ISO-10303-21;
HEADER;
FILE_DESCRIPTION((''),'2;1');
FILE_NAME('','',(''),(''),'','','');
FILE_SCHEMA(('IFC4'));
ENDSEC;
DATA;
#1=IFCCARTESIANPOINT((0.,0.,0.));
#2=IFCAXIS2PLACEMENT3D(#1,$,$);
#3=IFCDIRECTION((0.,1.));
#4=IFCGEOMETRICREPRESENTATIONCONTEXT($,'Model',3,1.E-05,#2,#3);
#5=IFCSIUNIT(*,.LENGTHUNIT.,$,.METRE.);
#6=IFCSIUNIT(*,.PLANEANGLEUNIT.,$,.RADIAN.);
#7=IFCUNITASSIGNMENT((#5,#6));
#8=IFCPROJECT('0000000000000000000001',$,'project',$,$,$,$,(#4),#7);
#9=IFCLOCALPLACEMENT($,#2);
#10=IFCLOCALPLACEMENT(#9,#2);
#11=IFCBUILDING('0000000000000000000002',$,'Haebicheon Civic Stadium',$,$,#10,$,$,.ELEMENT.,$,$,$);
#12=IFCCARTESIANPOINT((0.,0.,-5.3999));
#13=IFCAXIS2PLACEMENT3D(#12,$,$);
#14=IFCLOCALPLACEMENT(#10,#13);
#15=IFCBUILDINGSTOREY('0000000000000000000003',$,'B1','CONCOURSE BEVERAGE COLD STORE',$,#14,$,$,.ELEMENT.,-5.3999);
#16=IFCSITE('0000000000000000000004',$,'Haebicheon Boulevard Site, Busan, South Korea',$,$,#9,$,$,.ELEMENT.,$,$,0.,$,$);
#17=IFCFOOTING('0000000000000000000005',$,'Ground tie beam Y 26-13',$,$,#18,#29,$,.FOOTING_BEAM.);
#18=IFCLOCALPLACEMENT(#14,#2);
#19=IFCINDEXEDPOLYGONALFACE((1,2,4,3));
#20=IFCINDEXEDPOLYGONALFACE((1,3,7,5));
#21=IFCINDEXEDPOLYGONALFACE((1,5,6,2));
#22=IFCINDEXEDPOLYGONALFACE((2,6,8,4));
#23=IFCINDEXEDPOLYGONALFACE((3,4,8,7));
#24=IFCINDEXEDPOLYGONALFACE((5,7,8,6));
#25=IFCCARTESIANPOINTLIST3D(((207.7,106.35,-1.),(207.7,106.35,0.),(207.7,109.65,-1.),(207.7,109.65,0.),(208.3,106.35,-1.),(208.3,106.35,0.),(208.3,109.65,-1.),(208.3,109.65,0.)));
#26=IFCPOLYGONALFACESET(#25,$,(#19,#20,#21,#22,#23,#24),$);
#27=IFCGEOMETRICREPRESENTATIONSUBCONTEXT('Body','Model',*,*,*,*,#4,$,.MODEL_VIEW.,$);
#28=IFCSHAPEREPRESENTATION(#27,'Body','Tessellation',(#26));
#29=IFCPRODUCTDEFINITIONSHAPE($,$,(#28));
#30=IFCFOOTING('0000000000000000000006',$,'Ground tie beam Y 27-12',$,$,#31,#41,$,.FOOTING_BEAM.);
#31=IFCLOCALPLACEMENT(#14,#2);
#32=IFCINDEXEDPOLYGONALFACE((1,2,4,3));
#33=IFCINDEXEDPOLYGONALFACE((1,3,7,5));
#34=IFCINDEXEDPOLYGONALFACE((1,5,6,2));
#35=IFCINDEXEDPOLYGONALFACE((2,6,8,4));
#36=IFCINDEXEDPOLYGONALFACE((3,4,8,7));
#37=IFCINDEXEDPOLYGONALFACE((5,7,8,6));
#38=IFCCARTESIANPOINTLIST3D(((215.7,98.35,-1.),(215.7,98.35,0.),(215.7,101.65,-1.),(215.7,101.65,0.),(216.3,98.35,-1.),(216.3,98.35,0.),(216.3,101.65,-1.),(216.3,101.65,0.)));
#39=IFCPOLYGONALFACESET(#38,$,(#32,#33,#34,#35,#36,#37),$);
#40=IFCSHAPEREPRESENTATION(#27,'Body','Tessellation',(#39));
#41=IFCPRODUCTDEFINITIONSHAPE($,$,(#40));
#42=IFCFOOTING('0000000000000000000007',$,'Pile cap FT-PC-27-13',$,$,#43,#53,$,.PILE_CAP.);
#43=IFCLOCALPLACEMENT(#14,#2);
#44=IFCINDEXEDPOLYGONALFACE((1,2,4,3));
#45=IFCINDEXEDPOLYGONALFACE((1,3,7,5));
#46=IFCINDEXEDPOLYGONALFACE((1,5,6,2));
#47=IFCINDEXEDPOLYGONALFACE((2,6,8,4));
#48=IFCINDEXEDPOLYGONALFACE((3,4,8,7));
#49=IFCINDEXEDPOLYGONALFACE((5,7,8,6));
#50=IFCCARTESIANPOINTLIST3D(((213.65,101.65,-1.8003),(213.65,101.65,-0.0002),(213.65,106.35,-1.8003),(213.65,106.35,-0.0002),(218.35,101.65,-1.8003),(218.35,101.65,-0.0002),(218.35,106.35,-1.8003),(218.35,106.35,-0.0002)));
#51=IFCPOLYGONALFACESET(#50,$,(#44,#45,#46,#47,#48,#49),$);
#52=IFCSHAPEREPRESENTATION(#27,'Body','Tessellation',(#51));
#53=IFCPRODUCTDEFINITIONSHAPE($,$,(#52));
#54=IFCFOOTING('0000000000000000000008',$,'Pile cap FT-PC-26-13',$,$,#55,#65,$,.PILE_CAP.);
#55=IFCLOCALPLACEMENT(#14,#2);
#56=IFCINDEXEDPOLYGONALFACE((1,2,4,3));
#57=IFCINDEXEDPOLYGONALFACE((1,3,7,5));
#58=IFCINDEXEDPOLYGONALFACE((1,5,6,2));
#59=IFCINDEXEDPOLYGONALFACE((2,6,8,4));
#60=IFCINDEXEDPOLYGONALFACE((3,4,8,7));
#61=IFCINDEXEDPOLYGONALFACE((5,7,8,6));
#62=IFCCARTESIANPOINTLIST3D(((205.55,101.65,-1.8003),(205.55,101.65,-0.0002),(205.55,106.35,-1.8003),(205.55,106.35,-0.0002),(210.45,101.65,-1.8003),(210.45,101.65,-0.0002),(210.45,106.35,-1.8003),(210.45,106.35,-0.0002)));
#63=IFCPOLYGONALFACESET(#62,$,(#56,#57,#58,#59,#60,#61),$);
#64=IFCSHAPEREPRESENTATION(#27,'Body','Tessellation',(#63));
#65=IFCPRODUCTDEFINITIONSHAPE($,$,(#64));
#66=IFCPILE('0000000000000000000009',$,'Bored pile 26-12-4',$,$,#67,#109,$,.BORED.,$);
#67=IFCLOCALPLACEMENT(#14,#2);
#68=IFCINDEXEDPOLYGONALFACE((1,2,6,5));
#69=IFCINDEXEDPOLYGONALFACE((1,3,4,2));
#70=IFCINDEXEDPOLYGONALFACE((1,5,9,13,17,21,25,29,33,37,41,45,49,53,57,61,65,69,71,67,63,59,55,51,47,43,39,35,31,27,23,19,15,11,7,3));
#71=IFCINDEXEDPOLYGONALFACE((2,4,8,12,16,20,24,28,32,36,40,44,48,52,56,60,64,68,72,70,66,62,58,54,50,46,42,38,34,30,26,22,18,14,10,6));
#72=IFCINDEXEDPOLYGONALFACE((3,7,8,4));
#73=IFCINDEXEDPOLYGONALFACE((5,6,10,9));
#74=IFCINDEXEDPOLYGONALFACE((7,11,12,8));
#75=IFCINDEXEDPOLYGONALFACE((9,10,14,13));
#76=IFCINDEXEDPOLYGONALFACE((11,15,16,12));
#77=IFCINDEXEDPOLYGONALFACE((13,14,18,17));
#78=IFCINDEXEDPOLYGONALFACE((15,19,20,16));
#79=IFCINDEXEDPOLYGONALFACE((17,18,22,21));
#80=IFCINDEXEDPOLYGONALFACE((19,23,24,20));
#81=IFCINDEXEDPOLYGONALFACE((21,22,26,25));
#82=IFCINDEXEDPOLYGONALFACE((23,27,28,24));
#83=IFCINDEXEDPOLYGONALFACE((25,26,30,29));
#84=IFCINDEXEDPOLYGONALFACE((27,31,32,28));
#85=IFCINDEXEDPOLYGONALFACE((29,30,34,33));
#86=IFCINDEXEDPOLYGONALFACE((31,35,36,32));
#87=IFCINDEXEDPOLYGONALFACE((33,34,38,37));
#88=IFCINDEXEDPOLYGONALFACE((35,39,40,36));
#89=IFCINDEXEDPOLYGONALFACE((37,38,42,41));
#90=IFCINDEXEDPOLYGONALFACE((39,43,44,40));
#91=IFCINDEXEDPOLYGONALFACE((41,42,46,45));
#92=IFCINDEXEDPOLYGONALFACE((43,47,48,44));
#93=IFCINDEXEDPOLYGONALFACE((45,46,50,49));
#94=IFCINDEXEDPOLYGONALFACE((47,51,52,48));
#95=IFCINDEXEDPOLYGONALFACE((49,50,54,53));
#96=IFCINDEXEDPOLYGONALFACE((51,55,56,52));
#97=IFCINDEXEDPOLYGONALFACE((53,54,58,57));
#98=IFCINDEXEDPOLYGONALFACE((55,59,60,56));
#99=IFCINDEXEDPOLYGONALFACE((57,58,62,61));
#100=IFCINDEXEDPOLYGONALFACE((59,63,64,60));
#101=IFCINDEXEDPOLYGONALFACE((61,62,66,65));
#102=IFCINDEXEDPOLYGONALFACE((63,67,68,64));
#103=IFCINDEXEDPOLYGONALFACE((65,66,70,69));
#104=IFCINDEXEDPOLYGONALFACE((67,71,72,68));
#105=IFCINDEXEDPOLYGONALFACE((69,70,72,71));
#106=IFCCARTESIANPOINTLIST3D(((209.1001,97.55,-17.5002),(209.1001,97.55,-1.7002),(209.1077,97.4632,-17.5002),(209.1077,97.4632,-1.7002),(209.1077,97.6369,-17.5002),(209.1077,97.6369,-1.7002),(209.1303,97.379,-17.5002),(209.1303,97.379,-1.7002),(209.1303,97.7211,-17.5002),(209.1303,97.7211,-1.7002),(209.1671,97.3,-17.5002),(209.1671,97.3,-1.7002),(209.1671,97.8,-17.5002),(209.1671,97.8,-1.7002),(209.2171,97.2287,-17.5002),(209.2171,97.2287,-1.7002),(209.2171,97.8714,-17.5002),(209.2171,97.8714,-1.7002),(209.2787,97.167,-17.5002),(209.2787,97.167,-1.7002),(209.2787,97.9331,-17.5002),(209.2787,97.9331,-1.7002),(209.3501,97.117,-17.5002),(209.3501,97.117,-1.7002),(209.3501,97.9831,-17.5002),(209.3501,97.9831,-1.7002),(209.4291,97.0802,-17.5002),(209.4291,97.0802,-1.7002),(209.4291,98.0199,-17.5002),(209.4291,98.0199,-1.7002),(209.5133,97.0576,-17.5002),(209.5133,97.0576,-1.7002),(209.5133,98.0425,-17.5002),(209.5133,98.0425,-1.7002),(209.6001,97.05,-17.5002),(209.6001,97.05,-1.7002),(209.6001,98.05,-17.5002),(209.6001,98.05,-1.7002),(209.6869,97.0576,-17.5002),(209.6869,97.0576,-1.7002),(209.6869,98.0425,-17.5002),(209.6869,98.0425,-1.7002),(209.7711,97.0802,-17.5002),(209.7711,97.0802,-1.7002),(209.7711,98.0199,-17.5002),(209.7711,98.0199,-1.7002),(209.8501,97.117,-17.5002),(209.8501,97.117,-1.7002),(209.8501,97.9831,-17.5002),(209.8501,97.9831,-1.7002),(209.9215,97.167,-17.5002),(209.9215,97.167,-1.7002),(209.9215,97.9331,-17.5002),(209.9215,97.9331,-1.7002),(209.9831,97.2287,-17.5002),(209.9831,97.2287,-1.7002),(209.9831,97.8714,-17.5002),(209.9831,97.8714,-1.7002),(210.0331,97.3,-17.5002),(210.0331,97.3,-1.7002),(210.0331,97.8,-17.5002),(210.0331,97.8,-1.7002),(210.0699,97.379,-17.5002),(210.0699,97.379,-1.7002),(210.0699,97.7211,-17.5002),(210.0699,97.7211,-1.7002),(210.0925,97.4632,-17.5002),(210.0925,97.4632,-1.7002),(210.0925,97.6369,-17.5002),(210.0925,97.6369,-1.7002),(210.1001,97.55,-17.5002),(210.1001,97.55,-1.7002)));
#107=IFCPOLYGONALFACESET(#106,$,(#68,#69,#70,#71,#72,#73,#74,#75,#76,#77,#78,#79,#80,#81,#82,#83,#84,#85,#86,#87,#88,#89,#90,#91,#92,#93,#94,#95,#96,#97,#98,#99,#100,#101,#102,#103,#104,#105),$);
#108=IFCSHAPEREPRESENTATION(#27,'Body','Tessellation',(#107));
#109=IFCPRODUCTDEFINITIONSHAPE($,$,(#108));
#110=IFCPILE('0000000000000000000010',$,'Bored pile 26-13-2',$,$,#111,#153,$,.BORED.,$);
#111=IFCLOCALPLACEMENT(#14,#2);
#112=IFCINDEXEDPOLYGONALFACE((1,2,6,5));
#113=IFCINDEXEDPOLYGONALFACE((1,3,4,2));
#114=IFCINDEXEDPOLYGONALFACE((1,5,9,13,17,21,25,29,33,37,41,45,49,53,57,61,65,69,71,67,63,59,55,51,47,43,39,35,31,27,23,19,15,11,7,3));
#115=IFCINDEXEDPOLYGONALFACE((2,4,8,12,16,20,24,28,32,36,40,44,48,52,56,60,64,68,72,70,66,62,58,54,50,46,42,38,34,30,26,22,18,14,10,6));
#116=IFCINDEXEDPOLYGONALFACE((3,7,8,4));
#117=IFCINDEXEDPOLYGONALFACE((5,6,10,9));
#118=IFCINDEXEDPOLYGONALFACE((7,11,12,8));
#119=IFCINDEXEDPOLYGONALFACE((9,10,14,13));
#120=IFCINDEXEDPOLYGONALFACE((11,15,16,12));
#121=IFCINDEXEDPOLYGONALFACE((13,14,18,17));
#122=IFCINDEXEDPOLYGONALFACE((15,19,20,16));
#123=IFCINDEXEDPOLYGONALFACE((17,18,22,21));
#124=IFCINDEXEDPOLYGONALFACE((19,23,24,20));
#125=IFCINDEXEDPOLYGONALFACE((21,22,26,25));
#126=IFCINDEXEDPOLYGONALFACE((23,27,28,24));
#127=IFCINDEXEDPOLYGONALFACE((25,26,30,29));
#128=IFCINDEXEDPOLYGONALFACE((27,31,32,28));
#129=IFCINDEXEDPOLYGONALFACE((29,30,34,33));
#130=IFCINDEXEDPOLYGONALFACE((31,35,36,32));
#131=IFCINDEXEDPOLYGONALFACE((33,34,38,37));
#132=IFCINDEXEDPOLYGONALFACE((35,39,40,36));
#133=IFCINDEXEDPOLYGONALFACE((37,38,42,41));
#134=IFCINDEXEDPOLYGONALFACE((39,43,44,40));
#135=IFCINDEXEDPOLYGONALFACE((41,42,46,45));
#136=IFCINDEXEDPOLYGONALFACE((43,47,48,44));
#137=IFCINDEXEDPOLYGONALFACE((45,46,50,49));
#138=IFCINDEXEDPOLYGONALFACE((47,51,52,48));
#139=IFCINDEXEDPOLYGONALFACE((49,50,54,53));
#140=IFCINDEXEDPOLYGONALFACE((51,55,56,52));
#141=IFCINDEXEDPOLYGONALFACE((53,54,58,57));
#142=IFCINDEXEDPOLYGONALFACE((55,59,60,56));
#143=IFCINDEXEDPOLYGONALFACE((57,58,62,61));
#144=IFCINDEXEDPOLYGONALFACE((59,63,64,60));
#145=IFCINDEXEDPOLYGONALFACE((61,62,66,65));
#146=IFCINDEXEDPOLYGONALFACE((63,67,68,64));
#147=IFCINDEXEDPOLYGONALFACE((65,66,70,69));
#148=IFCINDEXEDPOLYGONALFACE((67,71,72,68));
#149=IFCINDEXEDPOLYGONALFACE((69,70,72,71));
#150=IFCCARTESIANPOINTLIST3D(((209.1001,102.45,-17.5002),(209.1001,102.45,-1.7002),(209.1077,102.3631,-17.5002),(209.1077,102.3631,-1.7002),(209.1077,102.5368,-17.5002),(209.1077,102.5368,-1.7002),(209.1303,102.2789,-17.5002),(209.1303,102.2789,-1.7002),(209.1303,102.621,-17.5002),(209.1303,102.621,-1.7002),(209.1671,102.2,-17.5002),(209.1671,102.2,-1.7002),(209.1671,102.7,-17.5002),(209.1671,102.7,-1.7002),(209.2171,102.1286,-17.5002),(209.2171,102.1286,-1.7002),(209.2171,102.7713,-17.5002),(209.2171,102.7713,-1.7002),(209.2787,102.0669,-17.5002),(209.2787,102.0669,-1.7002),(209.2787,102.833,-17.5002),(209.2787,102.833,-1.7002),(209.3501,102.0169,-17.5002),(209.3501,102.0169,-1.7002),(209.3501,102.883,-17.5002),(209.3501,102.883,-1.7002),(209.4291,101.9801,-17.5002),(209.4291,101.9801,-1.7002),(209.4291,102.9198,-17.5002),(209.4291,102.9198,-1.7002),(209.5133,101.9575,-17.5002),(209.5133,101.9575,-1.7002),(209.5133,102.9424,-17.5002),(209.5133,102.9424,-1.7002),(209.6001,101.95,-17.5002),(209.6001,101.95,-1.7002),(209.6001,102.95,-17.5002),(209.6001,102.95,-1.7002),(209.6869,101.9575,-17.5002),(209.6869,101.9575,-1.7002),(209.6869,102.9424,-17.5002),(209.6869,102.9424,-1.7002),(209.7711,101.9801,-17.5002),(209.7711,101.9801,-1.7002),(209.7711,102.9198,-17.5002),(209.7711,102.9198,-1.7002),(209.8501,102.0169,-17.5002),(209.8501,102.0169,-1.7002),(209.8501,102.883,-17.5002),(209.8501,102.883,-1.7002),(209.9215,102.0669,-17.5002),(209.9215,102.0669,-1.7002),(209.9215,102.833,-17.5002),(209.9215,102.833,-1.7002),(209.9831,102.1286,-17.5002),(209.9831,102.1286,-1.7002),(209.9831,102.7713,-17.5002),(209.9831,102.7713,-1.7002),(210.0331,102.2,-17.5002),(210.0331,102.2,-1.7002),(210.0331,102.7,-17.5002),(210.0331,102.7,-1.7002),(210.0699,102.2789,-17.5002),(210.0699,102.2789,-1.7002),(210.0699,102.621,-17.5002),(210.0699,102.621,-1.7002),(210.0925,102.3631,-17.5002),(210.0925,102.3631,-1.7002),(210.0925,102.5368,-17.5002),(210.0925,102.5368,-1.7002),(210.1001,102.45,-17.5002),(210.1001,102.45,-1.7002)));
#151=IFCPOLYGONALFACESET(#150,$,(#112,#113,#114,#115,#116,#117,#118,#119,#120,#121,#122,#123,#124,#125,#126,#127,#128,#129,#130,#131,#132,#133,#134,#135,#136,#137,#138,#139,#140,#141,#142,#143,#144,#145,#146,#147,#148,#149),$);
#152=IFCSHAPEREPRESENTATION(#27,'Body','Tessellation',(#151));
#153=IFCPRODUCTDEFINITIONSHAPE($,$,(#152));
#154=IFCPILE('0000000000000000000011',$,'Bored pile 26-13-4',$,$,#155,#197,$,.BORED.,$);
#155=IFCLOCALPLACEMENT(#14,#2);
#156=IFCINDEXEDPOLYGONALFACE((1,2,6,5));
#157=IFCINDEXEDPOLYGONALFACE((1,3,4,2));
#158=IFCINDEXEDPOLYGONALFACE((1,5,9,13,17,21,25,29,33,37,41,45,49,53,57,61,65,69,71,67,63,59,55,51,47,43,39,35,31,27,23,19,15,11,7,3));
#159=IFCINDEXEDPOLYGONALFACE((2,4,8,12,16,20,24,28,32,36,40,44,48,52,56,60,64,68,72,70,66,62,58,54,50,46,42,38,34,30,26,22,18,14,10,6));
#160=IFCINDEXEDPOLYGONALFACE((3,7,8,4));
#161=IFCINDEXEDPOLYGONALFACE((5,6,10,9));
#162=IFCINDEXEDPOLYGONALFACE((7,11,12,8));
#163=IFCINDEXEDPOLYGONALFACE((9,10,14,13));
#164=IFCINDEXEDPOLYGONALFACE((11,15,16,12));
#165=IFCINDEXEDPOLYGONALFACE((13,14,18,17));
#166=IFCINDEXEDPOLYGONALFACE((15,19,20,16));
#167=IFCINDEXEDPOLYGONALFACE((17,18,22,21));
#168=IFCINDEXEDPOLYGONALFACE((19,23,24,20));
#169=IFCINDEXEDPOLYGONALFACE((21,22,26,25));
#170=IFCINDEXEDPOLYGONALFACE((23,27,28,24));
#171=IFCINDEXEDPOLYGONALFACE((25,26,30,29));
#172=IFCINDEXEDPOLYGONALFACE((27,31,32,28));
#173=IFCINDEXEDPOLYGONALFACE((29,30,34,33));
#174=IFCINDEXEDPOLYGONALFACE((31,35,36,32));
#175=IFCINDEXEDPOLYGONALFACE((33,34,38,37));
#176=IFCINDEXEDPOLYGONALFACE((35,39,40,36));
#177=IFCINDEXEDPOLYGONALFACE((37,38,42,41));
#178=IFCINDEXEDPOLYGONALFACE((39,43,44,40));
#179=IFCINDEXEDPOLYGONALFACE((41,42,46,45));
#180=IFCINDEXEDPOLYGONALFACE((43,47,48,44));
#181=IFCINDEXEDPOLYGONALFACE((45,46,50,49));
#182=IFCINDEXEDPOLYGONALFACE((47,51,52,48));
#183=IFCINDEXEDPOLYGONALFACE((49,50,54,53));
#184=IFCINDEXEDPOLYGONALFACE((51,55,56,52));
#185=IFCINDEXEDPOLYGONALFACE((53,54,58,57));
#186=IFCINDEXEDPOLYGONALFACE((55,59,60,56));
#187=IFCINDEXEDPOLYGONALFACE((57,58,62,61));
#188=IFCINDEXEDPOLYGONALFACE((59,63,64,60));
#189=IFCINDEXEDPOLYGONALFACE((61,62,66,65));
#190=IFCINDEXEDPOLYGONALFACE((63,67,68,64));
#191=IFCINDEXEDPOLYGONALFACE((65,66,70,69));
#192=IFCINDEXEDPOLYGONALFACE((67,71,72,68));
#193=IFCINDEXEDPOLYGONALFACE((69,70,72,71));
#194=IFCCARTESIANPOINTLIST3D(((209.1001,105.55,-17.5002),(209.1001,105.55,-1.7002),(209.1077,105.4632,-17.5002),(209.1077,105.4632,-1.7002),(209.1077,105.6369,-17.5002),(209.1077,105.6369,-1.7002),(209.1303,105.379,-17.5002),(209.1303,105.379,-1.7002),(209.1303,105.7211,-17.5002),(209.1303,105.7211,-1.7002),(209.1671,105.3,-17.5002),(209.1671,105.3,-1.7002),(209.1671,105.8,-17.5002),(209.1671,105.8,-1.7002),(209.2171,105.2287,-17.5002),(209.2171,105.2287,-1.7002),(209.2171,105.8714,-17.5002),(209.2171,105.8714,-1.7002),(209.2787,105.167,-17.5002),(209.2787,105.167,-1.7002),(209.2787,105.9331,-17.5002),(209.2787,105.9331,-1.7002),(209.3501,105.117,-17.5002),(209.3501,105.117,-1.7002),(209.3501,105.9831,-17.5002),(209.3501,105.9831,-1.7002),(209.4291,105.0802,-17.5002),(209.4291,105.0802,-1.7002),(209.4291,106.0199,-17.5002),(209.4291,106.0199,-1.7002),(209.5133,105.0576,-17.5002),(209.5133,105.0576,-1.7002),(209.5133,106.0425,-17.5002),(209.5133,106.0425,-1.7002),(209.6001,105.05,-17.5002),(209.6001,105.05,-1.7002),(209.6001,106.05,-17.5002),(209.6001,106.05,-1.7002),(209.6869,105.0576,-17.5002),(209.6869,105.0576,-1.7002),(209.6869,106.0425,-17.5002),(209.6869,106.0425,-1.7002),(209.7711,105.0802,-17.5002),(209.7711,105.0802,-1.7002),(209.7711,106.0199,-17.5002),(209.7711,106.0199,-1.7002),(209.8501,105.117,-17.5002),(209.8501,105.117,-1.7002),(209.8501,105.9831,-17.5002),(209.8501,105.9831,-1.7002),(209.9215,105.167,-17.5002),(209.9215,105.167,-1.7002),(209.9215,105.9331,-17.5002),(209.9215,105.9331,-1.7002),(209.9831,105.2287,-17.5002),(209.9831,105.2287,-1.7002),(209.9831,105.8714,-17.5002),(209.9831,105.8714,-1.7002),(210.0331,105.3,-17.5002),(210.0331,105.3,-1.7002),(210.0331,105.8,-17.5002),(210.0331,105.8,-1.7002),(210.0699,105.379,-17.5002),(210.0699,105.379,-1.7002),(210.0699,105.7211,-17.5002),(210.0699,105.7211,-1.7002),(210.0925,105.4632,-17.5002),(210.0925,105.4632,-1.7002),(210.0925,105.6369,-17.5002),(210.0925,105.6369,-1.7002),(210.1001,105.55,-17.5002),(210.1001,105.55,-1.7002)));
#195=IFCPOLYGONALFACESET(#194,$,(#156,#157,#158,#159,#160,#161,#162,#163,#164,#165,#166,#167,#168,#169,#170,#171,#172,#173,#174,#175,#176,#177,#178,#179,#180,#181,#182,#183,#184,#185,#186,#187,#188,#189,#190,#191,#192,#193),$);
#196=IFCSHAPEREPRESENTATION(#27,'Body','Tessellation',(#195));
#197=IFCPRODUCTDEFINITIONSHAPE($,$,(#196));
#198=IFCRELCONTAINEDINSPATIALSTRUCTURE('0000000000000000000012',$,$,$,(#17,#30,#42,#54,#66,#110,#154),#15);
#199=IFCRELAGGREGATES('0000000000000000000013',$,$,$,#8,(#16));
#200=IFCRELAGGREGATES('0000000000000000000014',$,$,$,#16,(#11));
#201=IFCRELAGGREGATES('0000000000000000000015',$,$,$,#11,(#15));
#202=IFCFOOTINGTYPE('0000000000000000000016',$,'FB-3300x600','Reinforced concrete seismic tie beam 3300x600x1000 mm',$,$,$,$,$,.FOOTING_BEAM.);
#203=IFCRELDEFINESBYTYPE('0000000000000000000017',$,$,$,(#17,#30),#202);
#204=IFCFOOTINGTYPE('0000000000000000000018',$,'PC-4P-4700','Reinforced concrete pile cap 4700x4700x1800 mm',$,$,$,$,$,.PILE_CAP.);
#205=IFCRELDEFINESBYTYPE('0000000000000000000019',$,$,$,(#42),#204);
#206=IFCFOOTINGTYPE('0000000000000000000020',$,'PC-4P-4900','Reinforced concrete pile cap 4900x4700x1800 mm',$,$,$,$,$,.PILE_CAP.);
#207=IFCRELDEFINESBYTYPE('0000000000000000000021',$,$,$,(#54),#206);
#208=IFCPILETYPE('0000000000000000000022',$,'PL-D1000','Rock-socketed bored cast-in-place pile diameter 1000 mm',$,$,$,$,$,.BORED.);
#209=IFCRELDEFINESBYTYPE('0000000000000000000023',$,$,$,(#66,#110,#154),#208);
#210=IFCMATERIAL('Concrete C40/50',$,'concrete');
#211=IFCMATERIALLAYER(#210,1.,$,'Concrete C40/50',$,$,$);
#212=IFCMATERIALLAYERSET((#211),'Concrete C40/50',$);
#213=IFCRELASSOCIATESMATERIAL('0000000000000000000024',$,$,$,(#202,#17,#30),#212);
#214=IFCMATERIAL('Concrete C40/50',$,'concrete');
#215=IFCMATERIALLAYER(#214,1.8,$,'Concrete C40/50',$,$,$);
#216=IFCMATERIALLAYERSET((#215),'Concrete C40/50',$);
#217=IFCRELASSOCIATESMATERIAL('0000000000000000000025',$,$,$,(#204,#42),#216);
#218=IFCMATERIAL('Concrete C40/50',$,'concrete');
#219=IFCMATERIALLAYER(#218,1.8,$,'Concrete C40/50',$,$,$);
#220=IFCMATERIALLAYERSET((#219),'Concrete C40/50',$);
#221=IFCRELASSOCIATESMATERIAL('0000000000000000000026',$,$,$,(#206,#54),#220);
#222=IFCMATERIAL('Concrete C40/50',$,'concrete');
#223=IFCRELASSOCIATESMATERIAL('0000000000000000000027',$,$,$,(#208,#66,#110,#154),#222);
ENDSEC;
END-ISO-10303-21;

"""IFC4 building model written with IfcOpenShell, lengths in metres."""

from ifc_helpers import new_model, si_unit, direction, frame, origin, origin_2d, place, context, subcontext, project, spatial, rectangle, circle, extrude, material, layer, layer_set, material_profile, profile_set, type_object, element, save


model = new_model("IFC4")

# Units and contexts
model_context = context("Model", 3, precision=1e-05, world=origin(), true_north=direction((0.0, 1.0)))
body_context = subcontext(model_context, "Body", "Model", "MODEL_VIEW")
ifc_project = project(units=[si_unit("LENGTHUNIT", "METRE"), si_unit("PLANEANGLEUNIT", "RADIAN")], contexts=[model_context])

# Site, building, storey
site_placement = place(None, origin())
site = spatial("IfcSite", under=ifc_project, at=site_placement, Name="Haebicheon Boulevard Site, Busan, South Korea", CompositionType="ELEMENT", RefElevation=0.0)
building_placement = place(site_placement, origin())
building = spatial("IfcBuilding", under=site, at=building_placement, Name="Haebicheon Civic Stadium", CompositionType="ELEMENT")
storey_placement = place(building_placement, frame((0.0, 0.0, -5.3999)))
storey = spatial("IfcBuildingStorey", under=building, at=storey_placement, Name="B1", Description="CONCOURSE BEVERAGE COLD STORE", CompositionType="ELEMENT", Elevation=-5.3999)

# Footings
ifc_material_1 = material(Name="Concrete C40/50", Category="concrete")
ifc_layer_1 = layer(ifc_material_1, 1.0, Name="Concrete C40/50")
ifc_layer_set_1 = layer_set([ifc_layer_1], Name="Concrete C40/50")
footing_type_1 = type_object("IfcFootingType", Name="FB-3300x600", Description="Reinforced concrete seismic tie beam 3300x600x1000 mm", PredefinedType="FOOTING_BEAM", material=ifc_layer_set_1)
for number, where, z_axis, x_axis, name in (
    (1, (208.0, 108.0, -1.0), (0.0, 0.0, 1.0), (0.0, 1.0, 0.0), "Ground tie beam Y 26-13"),
    (2, (216.0, 100.0, -1.0), (0.0, 0.0, 1.0), (0.0, 1.0, 0.0), "Ground tie beam Y 27-12"),
):
    element("IfcFooting", number, at=place(storey_placement, frame(where, z_axis=z_axis, x_axis=x_axis)), inside=storey, type_object=footing_type_1, material=ifc_layer_set_1, Name=name, PredefinedType="FOOTING_BEAM", context=body_context, shape_type="SweptSolid", body=[
        extrude(rectangle(XDim=3.3, YDim=0.6001, at=origin_2d()), origin(), (0.0, 0.0, 1.0), 1.0),
    ])
ifc_material_2 = material(Name="Concrete C40/50", Category="concrete")
ifc_layer_2 = layer(ifc_material_2, 1.8, Name="Concrete C40/50")
ifc_layer_set_2 = layer_set([ifc_layer_2], Name="Concrete C40/50")
footing_type_2 = type_object("IfcFootingType", Name="PC-4P-4700", Description="Reinforced concrete pile cap 4700x4700x1800 mm", PredefinedType="PILE_CAP", material=ifc_layer_set_2)
footing_1_placement = place(storey_placement, frame((216.0, 104.0, -1.8003), z_axis=(0.0, 0.0, 1.0), x_axis=(1.0, 0.0, 0.0)))
element("IfcFooting", 3, at=footing_1_placement, inside=storey, type_object=footing_type_2, material=ifc_layer_set_2, Name="Pile cap FT-PC-27-13", PredefinedType="PILE_CAP", context=body_context, shape_type="SweptSolid", body=[
    extrude(rectangle(XDim=4.7, YDim=4.7, at=origin_2d()), origin(), (0.0, 0.0, 1.0), 1.8),
])
ifc_material_3 = material(Name="Concrete C40/50", Category="concrete")
ifc_layer_3 = layer(ifc_material_3, 1.8, Name="Concrete C40/50")
ifc_layer_set_3 = layer_set([ifc_layer_3], Name="Concrete C40/50")
footing_type_3 = type_object("IfcFootingType", Name="PC-4P-4900", Description="Reinforced concrete pile cap 4900x4700x1800 mm", PredefinedType="PILE_CAP", material=ifc_layer_set_3)
footing_2_placement = place(storey_placement, frame((208.0, 104.0, -1.8003), z_axis=(0.0, 0.0, 1.0), x_axis=(1.0, 0.0, 0.0)))
element("IfcFooting", 4, at=footing_2_placement, inside=storey, type_object=footing_type_3, material=ifc_layer_set_3, Name="Pile cap FT-PC-26-13", PredefinedType="PILE_CAP", context=body_context, shape_type="SweptSolid", body=[
    extrude(rectangle(XDim=4.8999, YDim=4.7, at=origin_2d()), origin(), (0.0, 0.0, 1.0), 1.8),
])

# Piles
ifc_material_4 = material(Name="Concrete C40/50", Category="concrete")
ifc_material_profile_1 = material_profile(ifc_material_4, circle(Radius=0.5, at=origin_2d()), Name="PILE-D1000")
ifc_profile_set_1 = profile_set([ifc_material_profile_1], Name="Concrete C40/50")
pile_type = type_object("IfcPileType", Name="PL-D1000", Description="Rock-socketed bored cast-in-place pile diameter 1000 mm", PredefinedType="BORED", material=ifc_profile_set_1)
for number, where, z_axis, x_axis, name in (
    (5, (209.6001, 97.55, -1.7002), (0.0, 0.0, -1.0), (1.0, 0.0, 0.0), "Bored pile 26-12-4"),
    (6, (209.6001, 102.45, -1.7002), (0.0, 0.0, -1.0), (1.0, 0.0, 0.0), "Bored pile 26-13-2"),
    (7, (209.6001, 105.55, -1.7002), (0.0, 0.0, -1.0), (1.0, 0.0, 0.0), "Bored pile 26-13-4"),
):
    element("IfcPile", number, at=place(storey_placement, frame(where, z_axis=z_axis, x_axis=x_axis)), inside=storey, type_object=pile_type, material=ifc_profile_set_1, Name=name, PredefinedType="BORED", context=body_context, shape_type="SweptSolid", body=[
        extrude(circle(Radius=0.5, at=origin_2d()), origin(), (0.0, 0.0, 1.0), 15.8),
    ])

save(model, "model.ifc")
